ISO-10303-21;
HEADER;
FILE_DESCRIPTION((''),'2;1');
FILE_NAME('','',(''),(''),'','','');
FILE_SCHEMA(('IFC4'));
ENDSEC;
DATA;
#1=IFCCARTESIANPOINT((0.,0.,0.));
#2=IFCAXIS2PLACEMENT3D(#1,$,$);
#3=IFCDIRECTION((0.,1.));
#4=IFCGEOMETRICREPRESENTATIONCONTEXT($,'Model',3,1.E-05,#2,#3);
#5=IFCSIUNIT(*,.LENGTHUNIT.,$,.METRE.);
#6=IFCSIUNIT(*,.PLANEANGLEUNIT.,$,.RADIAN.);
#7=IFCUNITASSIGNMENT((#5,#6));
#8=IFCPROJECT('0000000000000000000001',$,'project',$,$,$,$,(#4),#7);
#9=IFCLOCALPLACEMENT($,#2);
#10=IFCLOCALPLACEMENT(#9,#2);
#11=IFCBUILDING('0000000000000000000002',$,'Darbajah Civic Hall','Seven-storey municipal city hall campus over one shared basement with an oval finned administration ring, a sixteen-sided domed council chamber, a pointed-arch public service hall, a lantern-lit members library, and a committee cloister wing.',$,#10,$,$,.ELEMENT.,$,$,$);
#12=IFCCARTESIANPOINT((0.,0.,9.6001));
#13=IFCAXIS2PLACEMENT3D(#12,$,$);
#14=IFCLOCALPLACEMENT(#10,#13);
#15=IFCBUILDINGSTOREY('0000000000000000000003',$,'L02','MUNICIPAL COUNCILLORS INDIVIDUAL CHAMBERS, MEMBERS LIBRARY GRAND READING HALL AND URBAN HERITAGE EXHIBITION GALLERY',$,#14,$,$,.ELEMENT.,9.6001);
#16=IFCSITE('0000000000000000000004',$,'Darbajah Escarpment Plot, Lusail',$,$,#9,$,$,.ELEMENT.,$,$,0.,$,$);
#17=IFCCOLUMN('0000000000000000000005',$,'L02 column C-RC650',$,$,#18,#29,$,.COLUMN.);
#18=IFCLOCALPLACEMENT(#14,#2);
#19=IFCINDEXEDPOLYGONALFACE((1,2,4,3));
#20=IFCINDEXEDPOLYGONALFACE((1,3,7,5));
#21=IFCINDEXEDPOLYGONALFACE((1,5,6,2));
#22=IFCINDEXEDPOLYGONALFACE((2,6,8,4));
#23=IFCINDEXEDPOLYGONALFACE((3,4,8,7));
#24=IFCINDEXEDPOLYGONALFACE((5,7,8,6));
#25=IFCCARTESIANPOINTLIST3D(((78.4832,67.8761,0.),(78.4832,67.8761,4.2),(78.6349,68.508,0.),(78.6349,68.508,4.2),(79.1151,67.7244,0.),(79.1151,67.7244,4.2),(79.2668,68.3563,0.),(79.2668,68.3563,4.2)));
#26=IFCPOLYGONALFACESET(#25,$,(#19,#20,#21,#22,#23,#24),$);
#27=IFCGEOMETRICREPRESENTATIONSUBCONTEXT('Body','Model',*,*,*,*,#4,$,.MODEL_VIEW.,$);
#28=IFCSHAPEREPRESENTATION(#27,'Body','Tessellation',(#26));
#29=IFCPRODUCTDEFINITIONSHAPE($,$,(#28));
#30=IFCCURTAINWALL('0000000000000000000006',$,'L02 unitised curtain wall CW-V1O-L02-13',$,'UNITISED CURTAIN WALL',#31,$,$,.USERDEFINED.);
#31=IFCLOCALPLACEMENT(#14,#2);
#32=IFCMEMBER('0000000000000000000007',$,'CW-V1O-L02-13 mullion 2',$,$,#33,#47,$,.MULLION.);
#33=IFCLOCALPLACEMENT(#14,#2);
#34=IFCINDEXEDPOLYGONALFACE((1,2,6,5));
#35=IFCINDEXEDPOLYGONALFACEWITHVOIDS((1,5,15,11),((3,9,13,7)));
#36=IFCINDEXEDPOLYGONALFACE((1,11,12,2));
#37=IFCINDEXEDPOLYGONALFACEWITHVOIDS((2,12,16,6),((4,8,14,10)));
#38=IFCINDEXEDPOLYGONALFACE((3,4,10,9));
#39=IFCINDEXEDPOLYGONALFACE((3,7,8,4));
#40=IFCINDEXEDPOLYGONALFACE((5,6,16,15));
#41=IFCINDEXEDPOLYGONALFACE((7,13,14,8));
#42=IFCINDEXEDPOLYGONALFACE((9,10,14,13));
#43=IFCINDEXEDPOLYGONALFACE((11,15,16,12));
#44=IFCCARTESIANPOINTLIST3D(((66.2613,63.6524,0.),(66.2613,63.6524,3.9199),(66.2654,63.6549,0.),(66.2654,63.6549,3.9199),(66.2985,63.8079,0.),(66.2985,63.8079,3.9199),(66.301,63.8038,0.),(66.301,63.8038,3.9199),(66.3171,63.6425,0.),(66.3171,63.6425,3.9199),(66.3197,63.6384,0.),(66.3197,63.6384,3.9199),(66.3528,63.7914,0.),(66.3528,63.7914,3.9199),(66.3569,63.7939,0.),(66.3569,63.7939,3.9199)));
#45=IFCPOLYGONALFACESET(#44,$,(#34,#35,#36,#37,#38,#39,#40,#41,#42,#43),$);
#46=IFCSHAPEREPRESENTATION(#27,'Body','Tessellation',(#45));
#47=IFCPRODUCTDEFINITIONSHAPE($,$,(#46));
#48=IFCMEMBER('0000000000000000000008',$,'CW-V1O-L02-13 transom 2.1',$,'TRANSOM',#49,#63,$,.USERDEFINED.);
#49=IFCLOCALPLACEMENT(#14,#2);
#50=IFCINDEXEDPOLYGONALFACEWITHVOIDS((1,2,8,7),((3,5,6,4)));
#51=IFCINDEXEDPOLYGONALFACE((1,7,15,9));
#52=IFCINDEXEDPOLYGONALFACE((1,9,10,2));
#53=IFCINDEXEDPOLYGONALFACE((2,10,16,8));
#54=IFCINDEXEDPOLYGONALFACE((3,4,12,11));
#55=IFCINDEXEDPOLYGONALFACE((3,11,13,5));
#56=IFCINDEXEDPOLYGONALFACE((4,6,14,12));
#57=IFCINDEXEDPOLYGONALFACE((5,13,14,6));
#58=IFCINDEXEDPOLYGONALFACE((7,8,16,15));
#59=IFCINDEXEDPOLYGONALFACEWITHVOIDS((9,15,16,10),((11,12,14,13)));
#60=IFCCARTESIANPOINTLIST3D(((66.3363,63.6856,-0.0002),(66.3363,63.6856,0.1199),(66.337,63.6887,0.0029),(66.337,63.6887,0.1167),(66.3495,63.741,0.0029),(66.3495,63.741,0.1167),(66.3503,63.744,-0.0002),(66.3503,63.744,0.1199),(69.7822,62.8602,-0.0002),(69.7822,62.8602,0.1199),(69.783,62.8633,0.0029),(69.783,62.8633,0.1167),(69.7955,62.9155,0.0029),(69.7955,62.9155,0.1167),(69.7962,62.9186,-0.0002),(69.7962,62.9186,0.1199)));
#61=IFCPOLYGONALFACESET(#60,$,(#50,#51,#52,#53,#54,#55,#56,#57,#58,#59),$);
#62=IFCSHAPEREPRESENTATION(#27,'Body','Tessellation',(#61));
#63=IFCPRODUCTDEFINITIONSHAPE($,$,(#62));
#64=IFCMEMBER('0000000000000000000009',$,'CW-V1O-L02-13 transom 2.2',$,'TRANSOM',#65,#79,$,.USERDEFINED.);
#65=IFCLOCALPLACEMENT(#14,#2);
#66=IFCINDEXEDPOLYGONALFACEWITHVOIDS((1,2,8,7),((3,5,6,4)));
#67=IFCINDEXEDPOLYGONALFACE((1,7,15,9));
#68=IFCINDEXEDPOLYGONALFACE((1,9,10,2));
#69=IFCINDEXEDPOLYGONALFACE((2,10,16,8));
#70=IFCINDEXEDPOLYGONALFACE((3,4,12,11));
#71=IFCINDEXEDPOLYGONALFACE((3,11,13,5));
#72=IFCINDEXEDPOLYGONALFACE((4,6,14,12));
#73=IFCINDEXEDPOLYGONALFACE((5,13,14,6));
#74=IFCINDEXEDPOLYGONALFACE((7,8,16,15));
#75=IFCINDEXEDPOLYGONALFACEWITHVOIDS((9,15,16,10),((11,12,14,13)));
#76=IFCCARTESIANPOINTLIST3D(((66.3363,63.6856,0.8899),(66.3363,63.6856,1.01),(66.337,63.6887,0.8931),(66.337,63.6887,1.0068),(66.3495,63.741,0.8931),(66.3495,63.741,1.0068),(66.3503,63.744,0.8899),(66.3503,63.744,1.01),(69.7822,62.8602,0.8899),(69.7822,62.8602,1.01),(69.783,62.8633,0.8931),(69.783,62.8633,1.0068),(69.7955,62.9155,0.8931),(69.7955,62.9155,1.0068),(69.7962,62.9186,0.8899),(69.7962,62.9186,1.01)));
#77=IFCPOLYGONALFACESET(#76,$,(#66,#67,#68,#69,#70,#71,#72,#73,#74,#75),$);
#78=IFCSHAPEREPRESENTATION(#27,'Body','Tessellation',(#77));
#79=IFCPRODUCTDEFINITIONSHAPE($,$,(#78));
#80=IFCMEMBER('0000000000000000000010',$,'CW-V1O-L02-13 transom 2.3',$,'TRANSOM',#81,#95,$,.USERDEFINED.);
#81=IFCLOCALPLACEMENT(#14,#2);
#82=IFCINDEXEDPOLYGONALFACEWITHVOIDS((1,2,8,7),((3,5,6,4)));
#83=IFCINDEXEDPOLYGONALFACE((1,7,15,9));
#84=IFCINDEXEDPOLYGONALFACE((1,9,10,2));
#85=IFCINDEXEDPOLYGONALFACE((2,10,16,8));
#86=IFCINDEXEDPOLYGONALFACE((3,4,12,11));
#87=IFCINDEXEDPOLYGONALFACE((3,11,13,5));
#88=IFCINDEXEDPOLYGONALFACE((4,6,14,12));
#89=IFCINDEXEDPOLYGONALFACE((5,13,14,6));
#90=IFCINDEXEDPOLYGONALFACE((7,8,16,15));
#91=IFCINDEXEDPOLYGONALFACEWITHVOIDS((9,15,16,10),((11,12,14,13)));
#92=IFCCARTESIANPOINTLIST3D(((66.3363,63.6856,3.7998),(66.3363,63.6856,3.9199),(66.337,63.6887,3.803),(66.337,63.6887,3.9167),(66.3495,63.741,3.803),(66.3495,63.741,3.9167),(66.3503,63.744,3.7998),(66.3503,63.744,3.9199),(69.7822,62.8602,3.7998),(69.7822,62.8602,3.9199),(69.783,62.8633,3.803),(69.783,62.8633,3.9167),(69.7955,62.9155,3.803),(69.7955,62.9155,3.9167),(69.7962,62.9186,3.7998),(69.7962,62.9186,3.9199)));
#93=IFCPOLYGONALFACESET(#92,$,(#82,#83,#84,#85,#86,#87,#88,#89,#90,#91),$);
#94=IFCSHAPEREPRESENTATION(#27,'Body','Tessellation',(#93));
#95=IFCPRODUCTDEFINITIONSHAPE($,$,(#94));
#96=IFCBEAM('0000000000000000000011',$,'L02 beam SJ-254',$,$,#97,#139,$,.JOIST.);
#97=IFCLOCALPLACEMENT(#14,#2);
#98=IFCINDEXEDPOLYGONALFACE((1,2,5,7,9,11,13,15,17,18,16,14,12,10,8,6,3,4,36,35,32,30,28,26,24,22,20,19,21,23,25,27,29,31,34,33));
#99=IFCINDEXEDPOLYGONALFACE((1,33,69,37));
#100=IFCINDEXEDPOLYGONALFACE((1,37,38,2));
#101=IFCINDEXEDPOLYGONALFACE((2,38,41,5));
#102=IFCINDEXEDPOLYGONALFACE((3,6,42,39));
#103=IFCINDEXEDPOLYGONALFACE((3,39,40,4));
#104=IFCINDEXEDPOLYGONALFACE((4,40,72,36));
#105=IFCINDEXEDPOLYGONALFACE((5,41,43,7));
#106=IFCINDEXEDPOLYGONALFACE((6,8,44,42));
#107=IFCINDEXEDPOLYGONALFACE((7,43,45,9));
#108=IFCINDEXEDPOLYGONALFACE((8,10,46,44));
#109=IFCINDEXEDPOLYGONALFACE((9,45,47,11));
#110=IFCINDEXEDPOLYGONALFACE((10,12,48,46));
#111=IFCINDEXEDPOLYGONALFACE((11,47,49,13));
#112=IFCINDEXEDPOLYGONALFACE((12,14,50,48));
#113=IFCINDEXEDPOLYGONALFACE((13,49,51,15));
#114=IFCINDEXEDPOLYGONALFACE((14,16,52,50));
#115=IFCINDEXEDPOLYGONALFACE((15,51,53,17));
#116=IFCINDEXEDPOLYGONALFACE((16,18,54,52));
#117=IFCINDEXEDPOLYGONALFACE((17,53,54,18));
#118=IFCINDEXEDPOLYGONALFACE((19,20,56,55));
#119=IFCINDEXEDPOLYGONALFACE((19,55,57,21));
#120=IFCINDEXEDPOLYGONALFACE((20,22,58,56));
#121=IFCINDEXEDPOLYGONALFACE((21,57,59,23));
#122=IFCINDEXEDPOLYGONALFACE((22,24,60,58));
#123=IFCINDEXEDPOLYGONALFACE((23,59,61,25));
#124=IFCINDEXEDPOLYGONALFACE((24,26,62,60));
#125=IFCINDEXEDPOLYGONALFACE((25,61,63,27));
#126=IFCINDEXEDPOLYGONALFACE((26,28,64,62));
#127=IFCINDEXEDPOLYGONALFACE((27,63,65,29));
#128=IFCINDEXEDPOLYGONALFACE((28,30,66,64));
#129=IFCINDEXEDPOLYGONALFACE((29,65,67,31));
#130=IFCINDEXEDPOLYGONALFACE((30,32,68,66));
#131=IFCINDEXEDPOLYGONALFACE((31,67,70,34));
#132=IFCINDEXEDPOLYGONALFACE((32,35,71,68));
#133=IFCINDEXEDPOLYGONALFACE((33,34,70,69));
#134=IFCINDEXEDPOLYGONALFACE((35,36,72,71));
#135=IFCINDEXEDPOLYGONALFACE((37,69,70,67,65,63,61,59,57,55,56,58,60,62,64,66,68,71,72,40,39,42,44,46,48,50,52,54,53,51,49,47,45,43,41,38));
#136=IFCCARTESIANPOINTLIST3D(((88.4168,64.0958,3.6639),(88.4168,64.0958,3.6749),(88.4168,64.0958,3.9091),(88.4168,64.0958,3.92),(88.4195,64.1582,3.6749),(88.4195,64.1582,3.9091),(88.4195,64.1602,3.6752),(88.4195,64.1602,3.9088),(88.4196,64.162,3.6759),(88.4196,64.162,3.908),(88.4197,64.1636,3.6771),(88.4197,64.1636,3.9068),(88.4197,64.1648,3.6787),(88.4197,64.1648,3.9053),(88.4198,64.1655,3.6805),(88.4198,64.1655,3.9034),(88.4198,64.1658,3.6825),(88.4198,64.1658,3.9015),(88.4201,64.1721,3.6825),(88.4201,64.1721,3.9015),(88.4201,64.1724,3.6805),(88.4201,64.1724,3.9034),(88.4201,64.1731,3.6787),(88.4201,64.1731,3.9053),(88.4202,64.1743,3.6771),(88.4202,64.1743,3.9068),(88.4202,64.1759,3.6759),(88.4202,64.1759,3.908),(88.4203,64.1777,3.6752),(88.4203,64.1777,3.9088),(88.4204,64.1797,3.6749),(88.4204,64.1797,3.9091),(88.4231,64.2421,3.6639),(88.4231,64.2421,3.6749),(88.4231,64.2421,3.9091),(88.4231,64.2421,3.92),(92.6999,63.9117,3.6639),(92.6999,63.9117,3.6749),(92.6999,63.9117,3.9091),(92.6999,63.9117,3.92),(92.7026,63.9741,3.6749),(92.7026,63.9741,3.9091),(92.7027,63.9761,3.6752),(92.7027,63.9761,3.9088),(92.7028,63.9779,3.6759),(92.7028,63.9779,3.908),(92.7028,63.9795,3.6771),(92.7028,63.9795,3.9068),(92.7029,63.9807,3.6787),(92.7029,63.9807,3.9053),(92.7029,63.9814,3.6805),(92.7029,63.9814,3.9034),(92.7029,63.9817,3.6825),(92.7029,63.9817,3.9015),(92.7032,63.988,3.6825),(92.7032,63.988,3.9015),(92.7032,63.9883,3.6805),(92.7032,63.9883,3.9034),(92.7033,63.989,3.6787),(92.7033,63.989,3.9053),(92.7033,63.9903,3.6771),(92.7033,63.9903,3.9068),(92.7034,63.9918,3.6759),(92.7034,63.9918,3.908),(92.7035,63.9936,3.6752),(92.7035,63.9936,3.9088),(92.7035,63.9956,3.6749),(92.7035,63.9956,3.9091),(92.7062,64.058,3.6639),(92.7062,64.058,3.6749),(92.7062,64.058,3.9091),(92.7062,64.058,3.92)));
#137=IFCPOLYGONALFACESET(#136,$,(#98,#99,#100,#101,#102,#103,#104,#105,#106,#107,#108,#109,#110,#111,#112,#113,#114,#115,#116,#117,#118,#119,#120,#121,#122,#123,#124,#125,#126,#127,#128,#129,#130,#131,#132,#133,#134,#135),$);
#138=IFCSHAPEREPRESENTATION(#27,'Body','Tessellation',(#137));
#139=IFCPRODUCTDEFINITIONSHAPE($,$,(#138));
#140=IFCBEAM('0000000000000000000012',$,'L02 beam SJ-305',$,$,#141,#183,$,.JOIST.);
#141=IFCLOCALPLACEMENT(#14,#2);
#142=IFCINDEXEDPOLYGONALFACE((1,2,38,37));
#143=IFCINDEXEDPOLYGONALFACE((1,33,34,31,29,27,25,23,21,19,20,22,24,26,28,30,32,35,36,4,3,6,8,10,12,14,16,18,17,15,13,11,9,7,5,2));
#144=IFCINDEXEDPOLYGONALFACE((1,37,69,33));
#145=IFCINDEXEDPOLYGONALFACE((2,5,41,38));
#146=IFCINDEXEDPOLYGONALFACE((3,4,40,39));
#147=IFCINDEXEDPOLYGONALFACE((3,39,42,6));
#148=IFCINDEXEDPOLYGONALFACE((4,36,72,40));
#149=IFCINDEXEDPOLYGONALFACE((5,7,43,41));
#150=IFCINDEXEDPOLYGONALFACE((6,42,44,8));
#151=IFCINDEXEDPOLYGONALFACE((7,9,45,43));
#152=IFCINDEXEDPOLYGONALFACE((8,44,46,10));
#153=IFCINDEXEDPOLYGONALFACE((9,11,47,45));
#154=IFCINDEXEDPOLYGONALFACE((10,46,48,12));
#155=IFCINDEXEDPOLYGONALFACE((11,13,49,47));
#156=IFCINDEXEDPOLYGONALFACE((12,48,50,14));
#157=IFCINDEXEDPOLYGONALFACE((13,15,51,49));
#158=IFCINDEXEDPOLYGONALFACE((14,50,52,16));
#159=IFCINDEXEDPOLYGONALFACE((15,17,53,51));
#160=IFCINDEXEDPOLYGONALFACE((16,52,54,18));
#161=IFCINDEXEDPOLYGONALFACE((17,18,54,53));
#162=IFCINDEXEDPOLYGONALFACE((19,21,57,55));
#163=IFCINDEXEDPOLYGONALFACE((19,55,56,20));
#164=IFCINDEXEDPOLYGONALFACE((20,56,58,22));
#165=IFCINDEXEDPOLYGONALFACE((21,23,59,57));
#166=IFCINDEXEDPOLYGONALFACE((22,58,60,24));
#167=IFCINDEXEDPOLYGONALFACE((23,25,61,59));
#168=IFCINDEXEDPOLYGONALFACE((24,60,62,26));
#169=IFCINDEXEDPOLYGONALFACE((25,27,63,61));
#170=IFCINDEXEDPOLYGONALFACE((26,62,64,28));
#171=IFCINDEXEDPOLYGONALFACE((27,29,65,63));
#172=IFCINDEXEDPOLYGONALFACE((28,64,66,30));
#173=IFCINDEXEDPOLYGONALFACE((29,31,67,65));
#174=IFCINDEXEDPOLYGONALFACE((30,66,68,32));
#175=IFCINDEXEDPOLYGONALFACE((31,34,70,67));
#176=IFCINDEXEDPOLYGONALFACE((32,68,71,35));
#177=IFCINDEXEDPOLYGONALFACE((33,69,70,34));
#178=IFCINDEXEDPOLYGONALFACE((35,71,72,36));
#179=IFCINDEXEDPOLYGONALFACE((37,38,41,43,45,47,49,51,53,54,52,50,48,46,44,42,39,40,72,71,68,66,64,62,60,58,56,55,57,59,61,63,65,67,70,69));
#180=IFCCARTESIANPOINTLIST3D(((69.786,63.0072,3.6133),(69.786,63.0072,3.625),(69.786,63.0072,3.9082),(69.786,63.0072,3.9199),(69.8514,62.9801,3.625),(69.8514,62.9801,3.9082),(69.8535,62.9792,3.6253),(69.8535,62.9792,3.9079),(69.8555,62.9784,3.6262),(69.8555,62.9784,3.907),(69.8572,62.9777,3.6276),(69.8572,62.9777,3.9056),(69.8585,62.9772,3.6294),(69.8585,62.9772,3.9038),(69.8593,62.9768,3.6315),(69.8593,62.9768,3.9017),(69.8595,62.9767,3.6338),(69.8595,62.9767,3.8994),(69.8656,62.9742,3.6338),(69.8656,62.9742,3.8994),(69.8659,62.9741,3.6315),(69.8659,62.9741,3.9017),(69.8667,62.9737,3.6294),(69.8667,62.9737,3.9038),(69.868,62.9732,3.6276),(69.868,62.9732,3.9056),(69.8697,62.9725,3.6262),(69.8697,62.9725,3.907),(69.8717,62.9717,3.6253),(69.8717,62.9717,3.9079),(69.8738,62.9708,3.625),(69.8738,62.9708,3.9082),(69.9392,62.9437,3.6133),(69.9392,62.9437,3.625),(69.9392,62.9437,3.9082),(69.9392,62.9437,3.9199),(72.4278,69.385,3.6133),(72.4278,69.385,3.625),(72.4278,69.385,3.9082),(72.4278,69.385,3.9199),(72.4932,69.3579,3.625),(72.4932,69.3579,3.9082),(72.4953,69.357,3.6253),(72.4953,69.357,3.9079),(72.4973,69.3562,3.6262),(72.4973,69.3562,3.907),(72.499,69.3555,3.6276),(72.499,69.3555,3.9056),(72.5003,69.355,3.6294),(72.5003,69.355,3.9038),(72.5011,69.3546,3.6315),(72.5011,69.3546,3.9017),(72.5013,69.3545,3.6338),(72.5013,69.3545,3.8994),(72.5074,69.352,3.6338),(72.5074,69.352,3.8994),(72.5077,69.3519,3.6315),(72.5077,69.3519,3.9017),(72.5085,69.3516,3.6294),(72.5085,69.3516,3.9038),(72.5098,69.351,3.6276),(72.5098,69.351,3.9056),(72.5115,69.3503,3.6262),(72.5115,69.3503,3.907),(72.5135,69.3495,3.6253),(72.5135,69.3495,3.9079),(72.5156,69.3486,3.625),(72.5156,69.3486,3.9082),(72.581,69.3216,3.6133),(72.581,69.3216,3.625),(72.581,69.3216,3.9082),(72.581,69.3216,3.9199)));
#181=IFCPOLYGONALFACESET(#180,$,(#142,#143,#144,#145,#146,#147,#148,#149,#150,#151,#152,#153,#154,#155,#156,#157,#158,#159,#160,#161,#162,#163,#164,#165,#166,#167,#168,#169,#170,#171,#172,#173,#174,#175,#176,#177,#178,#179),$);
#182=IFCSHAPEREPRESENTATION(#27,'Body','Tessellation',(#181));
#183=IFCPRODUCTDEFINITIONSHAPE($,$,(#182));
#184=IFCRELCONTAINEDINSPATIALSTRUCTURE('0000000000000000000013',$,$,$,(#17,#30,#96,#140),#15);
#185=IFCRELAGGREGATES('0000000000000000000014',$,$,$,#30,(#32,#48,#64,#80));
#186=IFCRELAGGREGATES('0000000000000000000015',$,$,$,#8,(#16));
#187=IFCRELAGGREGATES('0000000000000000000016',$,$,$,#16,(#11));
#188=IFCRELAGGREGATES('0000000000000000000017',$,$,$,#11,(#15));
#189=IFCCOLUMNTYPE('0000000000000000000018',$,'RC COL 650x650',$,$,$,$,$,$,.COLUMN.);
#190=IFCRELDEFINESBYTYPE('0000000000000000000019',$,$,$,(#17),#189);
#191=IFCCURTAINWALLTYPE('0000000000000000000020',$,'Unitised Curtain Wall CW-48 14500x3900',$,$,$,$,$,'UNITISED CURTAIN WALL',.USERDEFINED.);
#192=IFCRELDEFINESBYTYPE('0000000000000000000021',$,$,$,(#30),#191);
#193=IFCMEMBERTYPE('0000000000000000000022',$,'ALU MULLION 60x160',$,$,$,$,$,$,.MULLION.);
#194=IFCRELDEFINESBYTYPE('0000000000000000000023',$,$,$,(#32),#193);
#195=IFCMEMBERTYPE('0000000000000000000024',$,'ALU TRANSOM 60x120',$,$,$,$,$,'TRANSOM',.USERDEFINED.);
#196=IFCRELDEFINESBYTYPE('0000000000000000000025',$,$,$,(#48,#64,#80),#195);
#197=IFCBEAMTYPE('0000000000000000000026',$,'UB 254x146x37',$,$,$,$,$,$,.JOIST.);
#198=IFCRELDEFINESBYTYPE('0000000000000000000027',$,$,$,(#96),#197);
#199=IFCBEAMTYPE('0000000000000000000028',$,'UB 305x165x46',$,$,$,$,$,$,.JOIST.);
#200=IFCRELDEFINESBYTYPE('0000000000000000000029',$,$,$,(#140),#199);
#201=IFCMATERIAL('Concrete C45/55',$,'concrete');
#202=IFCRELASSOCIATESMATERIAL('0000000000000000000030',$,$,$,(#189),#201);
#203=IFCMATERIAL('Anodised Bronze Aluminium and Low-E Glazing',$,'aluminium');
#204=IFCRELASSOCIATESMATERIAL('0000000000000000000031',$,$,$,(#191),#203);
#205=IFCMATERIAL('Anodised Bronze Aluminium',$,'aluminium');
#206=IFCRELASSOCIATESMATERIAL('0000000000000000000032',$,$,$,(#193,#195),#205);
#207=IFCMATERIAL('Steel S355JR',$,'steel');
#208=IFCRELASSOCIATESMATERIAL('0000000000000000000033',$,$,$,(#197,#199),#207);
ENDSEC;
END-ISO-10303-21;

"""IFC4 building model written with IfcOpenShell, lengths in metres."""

from ifc_helpers import new_model, si_unit, direction, frame, origin, origin_2d, place, context, subcontext, project, spatial, rectangle, hollow_rectangle, i_section, extrude, material, material_profile, profile_set, type_object, element, aggregate, save


model = new_model("IFC4")

# Units and contexts
model_context = context("Model", 3, precision=1e-05, world=origin(), true_north=direction((0.0, 1.0)))
body_context = subcontext(model_context, "Body", "Model", "MODEL_VIEW")
ifc_project = project(units=[si_unit("LENGTHUNIT", "METRE"), si_unit("PLANEANGLEUNIT", "RADIAN")], contexts=[model_context])

# Site, building, storey
site_placement = place(None, origin())
site = spatial("IfcSite", under=ifc_project, at=site_placement, Name="Darbajah Escarpment Plot, Lusail", CompositionType="ELEMENT", RefElevation=0.0)
building_placement = place(site_placement, origin())
building = spatial("IfcBuilding", under=site, at=building_placement, Name="Darbajah Civic Hall", Description="Seven-storey municipal city hall campus over one shared basement with an oval finned administration ring, a sixteen-sided domed council chamber, a pointed-arch public service hall, a lantern-lit members library, and a committee cloister wing.", CompositionType="ELEMENT")
storey_placement = place(building_placement, frame((0.0, 0.0, 9.6001)))
storey = spatial("IfcBuildingStorey", under=building, at=storey_placement, Name="L02", Description="MUNICIPAL COUNCILLORS INDIVIDUAL CHAMBERS, MEMBERS LIBRARY GRAND READING HALL AND URBAN HERITAGE EXHIBITION GALLERY", CompositionType="ELEMENT", Elevation=9.6001)

# Column
ifc_material_1 = material(Name="Concrete C45/55", Category="concrete")
ifc_material_profile_1 = material_profile(ifc_material_1, rectangle(XDim=0.6499, YDim=0.6499, at=origin_2d()), Name="RC COL 650x650")
ifc_profile_set_1 = profile_set([ifc_material_profile_1], Name="Concrete C45/55")
column_type = type_object("IfcColumnType", Name="RC COL 650x650", PredefinedType="COLUMN", material=ifc_profile_set_1)
column_placement = place(storey_placement, frame((78.875, 68.1162, 0.0), z_axis=(0.0, 0.0, 1.0), x_axis=(-0.233445, -0.97237, 0.0)))
element("IfcColumn", 1, at=column_placement, inside=storey, type_object=column_type, Name="L02 column C-RC650", PredefinedType="COLUMN", context=body_context, shape_type="SweptSolid", body=[
    extrude(rectangle(XDim=0.6499, YDim=0.6499, at=origin_2d()), origin(), (0.0, 0.0, 1.0), 4.2),
])

# Curtain wall, members
ifc_material_2 = material(Name="Anodised Bronze Aluminium and Low-E Glazing", Category="aluminium")
curtain_wall_type = type_object("IfcCurtainWallType", Name="Unitised Curtain Wall CW-48 14500x3900", ElementType="UNITISED CURTAIN WALL", PredefinedType="USERDEFINED", material=ifc_material_2)
curtain_wall_placement = place(storey_placement, origin())
curtain_wall = element("IfcCurtainWall", 2, at=curtain_wall_placement, inside=storey, type_object=curtain_wall_type, Name="L02 unitised curtain wall CW-V1O-L02-13", ObjectType="UNITISED CURTAIN WALL", PredefinedType="USERDEFINED")
ifc_material_3 = material(Name="Anodised Bronze Aluminium", Category="aluminium")
ifc_material_profile_2 = material_profile(ifc_material_3, hollow_rectangle(XDim=0.0601, YDim=0.1599, WallThickness=0.0034, at=origin_2d()), Name="ALU MULLION 60x160")
ifc_profile_set_2 = profile_set([ifc_material_profile_2], Name="Anodised Bronze Aluminium")
member_type_1 = type_object("IfcMemberType", Name="ALU MULLION 60x160", PredefinedType="MULLION", material=ifc_profile_set_2)
member_1_placement = place(storey_placement, frame((66.3091, 63.7231, 0.0), z_axis=(0.0, 0.0, 1.0), x_axis=(0.972492, -0.232936, 0.0)))
member_1 = element("IfcMember", 3, at=member_1_placement, type_object=member_type_1, Name="CW-V1O-L02-13 mullion 2", PredefinedType="MULLION", context=body_context, shape_type="SweptSolid", body=[
    extrude(hollow_rectangle(XDim=0.0601, YDim=0.1599, WallThickness=0.0034, at=origin_2d()), origin(), (0.0, 0.0, 1.0), 3.9199),
])
ifc_material_profile_3 = material_profile(ifc_material_3, hollow_rectangle(XDim=0.0601, YDim=0.1201, WallThickness=0.0032, at=origin_2d()), Name="ALU TRANSOM 60x120")
ifc_profile_set_3 = profile_set([ifc_material_profile_3], Name="Anodised Bronze Aluminium")
member_type_2 = type_object("IfcMemberType", Name="ALU TRANSOM 60x120", ElementType="TRANSOM", PredefinedType="USERDEFINED", material=ifc_profile_set_3)
member_2_placement = place(storey_placement, frame((66.3433, 63.7148, 0.0598), z_axis=(0.97249, -0.232943, 0.0), x_axis=(0.232943, 0.97249, 0.0)))
member_2 = element("IfcMember", 4, at=member_2_placement, type_object=member_type_2, Name="CW-V1O-L02-13 transom 2.1", ObjectType="TRANSOM", PredefinedType="USERDEFINED", context=body_context, shape_type="SweptSolid", body=[
    extrude(hollow_rectangle(XDim=0.0601, YDim=0.1201, WallThickness=0.0032, at=origin_2d()), origin(), (0.0, 0.0, 1.0), 3.5435),
])
member_3_placement = place(storey_placement, frame((66.3433, 63.7148, 0.95), z_axis=(0.97249, -0.232943, 0.0), x_axis=(0.232943, 0.97249, 0.0)))
member_3 = element("IfcMember", 5, at=member_3_placement, type_object=member_type_2, Name="CW-V1O-L02-13 transom 2.2", ObjectType="TRANSOM", PredefinedType="USERDEFINED", context=body_context, shape_type="SweptSolid", body=[
    extrude(hollow_rectangle(XDim=0.0601, YDim=0.1201, WallThickness=0.0032, at=origin_2d()), origin(), (0.0, 0.0, 1.0), 3.5435),
])
member_4_placement = place(storey_placement, frame((66.3433, 63.7148, 3.8599), z_axis=(0.97249, -0.232943, 0.0), x_axis=(0.232943, 0.97249, 0.0)))
member_4 = element("IfcMember", 6, at=member_4_placement, type_object=member_type_2, Name="CW-V1O-L02-13 transom 2.3", ObjectType="TRANSOM", PredefinedType="USERDEFINED", context=body_context, shape_type="SweptSolid", body=[
    extrude(hollow_rectangle(XDim=0.0601, YDim=0.1201, WallThickness=0.0032, at=origin_2d()), origin(), (0.0, 0.0, 1.0), 3.5435),
])

# Beams
ifc_material_4 = material(Name="Steel S355JR", Category="steel")
ifc_material_profile_4 = material_profile(ifc_material_4, i_section(OverallWidth=0.1465, OverallDepth=0.2561, WebThickness=0.0063, FlangeThickness=0.011, FilletRadius=0.0076, at=origin_2d()), Name="UB 254x146x37")
ifc_profile_set_4 = profile_set([ifc_material_profile_4], Name="Steel S355JR")
beam_type_1 = type_object("IfcBeamType", Name="UB 254x146x37", PredefinedType="JOIST", material=ifc_profile_set_4)
beam_1_placement = place(storey_placement, frame((88.4199, 64.1689, 3.792), z_axis=(0.999078, -0.042938, 0.0), x_axis=(0.042938, 0.999078, 0.0)))
element("IfcBeam", 7, at=beam_1_placement, inside=storey, type_object=beam_type_1, Name="L02 beam SJ-254", PredefinedType="JOIST", context=body_context, shape_type="SweptSolid", body=[
    extrude(i_section(OverallWidth=0.1465, OverallDepth=0.2561, WebThickness=0.0063, FlangeThickness=0.011, FilletRadius=0.0076, at=origin_2d()), origin(), (0.0, 0.0, 1.0), 4.2871),
])
ifc_material_profile_5 = material_profile(ifc_material_4, i_section(OverallWidth=0.1658, OverallDepth=0.3066, WebThickness=0.0066, FlangeThickness=0.0117, FilletRadius=0.0088, at=origin_2d()), Name="UB 305x165x46")
ifc_profile_set_5 = profile_set([ifc_material_profile_5], Name="Steel S355JR")
beam_type_2 = type_object("IfcBeamType", Name="UB 305x165x46", PredefinedType="JOIST", material=ifc_profile_set_5)
beam_2_placement = place(storey_placement, frame((72.5044, 69.3533, 3.7666), z_axis=(-0.382686, -0.923878, 0.0), x_axis=(0.923878, -0.382686, 0.0)))
element("IfcBeam", 8, at=beam_2_placement, inside=storey, type_object=beam_type_2, Name="L02 beam SJ-305", PredefinedType="JOIST", context=body_context, shape_type="SweptSolid", body=[
    extrude(i_section(OverallWidth=0.1658, OverallDepth=0.3066, WebThickness=0.0066, FlangeThickness=0.0117, FilletRadius=0.0088, at=origin_2d()), origin(), (0.0, 0.0, 1.0), 6.9033),
])

aggregate(curtain_wall, [member_1, member_2, member_3, member_4])

save(model, "model.ifc")
